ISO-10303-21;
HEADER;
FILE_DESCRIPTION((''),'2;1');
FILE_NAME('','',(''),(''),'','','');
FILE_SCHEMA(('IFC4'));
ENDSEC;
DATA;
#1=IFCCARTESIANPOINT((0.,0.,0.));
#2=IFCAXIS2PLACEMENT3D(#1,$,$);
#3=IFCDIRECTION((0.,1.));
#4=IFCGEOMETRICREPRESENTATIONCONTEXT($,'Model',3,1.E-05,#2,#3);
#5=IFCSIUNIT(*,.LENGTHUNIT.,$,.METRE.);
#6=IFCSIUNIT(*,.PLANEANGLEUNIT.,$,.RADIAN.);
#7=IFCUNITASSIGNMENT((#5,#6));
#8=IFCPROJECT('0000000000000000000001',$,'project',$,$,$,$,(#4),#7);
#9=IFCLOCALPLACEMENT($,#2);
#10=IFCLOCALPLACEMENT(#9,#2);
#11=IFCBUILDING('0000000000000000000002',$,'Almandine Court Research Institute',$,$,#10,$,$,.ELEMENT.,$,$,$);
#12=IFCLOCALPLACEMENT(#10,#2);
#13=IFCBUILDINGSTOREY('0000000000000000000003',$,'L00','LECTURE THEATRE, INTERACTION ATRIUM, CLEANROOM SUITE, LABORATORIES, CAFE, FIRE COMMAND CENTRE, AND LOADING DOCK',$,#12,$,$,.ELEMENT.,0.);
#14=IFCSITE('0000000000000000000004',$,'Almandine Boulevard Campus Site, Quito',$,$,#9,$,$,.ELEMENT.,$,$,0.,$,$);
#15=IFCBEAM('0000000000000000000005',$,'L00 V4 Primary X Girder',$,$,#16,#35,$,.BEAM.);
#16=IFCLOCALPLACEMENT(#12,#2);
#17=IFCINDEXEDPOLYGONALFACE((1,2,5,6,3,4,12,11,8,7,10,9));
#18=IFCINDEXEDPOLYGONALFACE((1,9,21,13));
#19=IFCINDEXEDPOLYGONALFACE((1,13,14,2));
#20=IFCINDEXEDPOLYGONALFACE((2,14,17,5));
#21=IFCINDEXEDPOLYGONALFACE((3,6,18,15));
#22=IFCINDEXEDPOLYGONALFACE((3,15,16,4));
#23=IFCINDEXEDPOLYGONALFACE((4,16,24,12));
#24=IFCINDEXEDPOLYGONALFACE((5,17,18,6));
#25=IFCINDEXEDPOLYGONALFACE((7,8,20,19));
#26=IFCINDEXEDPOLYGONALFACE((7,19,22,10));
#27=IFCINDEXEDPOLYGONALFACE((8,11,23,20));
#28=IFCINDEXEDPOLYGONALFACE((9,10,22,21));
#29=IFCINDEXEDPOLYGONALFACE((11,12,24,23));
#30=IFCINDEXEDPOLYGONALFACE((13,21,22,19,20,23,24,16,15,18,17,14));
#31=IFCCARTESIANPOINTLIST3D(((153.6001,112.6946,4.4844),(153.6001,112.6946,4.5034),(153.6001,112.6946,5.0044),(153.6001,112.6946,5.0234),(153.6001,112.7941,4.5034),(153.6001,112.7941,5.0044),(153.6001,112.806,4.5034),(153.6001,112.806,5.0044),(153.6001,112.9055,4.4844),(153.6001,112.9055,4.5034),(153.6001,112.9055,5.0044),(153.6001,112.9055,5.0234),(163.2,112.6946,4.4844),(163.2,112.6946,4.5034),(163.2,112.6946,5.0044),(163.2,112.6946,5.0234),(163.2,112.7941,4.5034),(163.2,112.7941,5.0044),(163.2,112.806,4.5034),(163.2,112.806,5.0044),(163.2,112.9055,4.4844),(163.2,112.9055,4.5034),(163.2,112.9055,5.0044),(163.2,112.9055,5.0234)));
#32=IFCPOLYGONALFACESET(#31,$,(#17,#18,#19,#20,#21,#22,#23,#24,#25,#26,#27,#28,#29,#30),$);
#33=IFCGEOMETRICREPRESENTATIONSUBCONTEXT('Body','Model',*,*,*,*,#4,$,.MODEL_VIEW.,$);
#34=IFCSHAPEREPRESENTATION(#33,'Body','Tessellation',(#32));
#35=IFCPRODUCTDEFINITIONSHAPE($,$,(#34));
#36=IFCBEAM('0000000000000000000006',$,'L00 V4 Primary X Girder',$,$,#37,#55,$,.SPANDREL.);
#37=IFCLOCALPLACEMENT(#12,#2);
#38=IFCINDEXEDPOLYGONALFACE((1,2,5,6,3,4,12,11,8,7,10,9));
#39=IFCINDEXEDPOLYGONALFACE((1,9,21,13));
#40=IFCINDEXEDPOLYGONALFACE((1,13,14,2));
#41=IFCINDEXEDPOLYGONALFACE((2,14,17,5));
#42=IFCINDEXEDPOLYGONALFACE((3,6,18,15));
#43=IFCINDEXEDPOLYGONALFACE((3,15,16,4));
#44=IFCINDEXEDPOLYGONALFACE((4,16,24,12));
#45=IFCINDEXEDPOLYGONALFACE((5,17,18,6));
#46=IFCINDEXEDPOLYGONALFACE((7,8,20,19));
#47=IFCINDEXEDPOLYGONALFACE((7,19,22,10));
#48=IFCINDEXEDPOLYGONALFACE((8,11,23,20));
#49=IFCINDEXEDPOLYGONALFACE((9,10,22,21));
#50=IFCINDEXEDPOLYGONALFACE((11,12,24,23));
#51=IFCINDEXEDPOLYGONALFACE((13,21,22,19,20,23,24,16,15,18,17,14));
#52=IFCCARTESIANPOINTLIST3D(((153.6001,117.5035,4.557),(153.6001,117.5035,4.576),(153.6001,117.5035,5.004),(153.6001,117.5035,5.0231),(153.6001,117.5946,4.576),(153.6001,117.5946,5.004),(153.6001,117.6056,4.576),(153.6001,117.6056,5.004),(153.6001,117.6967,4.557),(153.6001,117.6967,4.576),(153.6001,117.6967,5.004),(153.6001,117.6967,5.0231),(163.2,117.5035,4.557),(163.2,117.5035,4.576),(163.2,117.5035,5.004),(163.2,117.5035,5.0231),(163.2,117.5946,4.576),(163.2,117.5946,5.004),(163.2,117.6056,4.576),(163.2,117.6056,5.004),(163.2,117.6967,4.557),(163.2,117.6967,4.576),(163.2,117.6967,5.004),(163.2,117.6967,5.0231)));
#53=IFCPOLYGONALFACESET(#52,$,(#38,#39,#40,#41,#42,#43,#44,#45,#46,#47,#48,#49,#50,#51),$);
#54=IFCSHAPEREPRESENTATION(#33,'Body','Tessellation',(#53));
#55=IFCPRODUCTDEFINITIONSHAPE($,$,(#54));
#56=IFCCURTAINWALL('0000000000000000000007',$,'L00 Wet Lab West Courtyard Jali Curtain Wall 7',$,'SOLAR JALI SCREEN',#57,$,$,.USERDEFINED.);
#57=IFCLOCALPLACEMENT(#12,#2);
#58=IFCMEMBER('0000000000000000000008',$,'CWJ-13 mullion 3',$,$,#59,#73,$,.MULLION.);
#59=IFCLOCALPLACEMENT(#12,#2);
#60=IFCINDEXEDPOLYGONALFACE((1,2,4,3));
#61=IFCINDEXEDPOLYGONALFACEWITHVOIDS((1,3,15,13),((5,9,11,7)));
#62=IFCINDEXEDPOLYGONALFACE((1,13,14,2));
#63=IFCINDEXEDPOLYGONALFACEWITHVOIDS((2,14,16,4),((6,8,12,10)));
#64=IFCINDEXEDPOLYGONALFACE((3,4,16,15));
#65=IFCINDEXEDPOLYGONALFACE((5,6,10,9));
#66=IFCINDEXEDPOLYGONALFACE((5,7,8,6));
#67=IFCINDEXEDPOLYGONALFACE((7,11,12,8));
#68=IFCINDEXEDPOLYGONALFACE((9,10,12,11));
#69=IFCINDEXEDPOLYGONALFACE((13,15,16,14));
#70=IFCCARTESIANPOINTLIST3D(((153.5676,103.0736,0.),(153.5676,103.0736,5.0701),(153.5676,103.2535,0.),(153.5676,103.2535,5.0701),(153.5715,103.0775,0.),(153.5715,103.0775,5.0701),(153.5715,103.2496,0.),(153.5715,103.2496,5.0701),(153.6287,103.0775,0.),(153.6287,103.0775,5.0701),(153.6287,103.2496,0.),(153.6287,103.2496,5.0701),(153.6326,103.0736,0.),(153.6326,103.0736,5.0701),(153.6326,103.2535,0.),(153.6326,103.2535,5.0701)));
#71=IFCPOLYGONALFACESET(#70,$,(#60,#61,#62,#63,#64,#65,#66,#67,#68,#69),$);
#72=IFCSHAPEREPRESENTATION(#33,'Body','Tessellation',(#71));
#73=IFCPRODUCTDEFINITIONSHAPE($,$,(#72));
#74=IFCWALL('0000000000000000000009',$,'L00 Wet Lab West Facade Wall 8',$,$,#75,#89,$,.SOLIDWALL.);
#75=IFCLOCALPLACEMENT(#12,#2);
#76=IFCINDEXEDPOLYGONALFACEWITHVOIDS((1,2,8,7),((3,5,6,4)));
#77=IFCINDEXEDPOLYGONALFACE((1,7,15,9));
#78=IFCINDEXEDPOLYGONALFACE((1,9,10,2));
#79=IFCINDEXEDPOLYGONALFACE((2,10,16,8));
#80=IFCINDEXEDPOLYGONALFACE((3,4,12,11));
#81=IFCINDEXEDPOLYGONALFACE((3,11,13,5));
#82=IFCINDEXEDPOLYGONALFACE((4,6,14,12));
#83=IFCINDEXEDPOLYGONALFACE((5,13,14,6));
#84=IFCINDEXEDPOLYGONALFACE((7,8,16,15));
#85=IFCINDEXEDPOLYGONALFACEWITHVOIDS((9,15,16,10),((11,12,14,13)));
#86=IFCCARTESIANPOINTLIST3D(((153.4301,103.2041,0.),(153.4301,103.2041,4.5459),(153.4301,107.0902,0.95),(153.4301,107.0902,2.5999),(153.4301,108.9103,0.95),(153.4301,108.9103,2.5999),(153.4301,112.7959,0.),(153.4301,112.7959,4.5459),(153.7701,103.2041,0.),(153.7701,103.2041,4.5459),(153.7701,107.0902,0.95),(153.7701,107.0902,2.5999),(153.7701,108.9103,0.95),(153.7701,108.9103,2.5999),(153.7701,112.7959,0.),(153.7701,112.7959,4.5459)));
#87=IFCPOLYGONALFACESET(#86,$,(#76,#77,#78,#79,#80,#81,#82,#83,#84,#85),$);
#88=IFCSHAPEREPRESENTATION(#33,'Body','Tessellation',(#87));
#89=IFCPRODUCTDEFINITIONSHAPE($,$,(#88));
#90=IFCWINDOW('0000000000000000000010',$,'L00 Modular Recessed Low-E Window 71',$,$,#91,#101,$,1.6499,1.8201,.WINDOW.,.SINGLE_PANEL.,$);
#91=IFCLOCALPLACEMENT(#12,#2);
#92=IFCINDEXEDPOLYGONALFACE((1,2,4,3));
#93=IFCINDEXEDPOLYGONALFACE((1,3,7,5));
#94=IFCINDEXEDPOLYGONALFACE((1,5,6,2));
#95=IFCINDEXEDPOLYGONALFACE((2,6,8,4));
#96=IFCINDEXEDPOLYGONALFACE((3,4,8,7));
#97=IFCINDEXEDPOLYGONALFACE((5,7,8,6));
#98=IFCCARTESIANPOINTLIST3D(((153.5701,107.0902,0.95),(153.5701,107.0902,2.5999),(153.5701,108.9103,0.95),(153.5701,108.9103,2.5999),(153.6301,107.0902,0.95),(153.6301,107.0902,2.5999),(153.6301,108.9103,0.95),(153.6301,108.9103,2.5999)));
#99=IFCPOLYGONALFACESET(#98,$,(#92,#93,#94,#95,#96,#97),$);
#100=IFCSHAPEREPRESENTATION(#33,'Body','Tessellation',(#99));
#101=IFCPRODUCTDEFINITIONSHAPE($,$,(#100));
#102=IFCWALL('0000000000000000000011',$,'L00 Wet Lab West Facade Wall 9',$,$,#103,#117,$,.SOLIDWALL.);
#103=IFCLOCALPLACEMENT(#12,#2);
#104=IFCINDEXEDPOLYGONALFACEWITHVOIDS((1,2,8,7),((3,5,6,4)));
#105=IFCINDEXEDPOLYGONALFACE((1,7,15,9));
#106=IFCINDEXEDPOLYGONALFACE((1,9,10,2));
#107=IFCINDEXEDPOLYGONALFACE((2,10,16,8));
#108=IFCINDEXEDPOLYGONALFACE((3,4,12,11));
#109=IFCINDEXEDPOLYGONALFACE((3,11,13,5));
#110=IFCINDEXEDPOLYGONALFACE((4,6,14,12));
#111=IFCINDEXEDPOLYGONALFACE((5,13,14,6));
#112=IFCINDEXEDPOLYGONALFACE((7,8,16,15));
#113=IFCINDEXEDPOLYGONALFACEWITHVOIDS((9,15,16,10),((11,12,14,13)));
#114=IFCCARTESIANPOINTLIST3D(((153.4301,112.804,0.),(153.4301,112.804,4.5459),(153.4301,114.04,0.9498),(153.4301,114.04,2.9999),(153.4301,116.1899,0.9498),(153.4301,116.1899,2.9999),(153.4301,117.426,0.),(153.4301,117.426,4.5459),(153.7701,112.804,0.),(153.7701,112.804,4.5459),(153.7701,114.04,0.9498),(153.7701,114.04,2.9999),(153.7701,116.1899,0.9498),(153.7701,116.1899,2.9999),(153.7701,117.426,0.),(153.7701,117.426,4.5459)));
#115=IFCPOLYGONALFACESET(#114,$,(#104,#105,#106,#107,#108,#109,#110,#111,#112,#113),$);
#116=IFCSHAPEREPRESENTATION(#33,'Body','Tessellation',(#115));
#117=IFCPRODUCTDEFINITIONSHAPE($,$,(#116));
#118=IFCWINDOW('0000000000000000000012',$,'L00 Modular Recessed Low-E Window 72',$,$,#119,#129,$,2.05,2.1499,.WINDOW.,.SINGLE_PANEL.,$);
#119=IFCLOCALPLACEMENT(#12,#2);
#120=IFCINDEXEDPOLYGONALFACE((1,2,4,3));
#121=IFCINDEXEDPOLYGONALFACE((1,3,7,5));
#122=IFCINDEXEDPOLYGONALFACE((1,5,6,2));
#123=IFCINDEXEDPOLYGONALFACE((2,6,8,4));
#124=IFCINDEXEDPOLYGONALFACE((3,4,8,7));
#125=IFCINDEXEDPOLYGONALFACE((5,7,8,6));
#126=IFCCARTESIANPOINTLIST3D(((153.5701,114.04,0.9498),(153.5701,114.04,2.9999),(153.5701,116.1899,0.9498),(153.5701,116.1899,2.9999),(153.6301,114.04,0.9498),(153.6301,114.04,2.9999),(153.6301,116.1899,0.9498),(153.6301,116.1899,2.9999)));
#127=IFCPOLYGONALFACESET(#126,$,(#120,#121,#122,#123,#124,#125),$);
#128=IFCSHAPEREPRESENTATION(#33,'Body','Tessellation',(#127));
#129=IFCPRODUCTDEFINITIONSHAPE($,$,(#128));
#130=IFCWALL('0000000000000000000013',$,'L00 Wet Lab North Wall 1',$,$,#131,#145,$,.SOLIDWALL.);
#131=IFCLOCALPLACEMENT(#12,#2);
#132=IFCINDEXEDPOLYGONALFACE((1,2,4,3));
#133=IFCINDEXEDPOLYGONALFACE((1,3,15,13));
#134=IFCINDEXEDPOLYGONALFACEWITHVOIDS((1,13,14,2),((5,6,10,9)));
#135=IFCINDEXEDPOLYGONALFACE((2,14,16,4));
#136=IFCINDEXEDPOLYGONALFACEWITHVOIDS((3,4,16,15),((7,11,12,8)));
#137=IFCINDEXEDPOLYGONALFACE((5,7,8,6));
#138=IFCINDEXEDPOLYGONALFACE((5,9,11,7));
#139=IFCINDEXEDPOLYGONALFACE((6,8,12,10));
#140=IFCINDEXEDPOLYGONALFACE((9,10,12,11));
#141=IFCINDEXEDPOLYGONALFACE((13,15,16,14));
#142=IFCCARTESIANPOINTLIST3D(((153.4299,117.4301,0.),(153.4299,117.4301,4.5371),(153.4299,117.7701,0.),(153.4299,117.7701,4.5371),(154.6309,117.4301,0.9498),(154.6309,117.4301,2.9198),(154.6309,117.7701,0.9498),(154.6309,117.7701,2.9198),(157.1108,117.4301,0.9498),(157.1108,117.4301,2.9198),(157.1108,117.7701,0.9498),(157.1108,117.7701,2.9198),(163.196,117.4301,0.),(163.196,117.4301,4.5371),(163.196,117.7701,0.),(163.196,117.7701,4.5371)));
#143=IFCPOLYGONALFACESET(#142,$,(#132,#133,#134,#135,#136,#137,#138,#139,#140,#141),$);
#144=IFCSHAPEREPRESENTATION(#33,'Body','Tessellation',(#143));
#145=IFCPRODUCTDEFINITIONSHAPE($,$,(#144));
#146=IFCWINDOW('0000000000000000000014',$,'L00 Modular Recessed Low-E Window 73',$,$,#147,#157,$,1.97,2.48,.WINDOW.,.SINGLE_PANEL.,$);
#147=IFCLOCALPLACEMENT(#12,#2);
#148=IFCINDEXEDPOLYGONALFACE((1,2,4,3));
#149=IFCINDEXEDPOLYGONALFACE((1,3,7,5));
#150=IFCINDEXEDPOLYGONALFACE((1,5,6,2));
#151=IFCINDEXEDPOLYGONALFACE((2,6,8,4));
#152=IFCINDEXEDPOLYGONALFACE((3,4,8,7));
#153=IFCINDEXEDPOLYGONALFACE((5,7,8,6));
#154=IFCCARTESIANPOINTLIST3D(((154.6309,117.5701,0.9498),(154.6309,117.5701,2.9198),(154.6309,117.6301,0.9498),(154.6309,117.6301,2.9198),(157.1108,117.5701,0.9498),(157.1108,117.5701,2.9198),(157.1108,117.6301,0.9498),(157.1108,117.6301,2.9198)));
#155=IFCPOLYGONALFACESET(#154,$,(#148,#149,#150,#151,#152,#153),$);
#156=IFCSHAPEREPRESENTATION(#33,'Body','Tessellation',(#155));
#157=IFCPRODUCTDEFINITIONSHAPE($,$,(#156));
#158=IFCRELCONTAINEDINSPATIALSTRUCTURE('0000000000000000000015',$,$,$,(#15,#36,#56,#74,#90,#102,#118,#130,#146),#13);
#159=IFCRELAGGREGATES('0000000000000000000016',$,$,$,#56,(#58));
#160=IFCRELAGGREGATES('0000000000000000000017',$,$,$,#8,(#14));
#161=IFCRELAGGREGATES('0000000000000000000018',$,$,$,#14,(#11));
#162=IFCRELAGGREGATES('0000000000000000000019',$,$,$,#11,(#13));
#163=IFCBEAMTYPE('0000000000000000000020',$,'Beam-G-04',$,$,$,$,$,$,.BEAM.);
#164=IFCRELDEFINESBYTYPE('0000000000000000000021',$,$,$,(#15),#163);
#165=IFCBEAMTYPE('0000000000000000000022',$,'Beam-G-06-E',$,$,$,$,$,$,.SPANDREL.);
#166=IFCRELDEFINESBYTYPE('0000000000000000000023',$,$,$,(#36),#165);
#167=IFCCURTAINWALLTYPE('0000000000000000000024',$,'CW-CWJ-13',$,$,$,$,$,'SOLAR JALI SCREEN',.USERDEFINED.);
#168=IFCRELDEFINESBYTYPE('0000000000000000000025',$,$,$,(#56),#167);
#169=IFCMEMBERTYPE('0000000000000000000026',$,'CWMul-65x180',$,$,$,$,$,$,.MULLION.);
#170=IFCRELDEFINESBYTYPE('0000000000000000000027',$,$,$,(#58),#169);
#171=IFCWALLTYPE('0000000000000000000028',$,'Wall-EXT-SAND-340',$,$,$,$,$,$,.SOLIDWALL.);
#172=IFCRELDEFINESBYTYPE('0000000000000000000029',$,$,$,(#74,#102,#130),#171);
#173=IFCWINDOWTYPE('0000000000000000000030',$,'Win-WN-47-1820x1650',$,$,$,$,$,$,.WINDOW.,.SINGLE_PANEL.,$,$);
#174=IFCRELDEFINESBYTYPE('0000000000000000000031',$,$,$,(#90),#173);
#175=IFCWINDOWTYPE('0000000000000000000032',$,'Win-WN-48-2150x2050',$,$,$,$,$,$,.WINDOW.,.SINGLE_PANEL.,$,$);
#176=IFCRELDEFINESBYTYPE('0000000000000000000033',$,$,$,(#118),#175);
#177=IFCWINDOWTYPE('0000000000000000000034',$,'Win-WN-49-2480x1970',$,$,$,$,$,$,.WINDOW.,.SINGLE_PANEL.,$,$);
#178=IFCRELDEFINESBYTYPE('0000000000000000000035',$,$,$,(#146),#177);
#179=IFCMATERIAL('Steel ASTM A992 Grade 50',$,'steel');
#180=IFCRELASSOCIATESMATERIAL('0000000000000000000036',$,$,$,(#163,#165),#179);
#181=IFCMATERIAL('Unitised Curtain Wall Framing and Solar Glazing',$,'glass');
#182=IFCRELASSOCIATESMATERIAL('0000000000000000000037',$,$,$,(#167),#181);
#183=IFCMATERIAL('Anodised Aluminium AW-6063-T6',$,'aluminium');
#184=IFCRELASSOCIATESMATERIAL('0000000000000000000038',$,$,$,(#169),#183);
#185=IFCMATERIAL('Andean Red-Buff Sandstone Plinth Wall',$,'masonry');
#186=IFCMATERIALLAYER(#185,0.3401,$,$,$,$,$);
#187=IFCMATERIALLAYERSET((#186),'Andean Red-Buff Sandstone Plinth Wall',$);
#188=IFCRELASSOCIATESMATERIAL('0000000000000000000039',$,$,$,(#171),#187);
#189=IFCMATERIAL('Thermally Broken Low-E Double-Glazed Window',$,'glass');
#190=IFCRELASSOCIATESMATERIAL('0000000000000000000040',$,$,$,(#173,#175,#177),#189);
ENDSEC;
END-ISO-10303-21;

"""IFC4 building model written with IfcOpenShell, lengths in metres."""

from ifc_helpers import new_model, si_unit, direction, frame, frame_2d, origin, origin_2d, place, context, subcontext, project, spatial, rectangle, hollow_rectangle, i_section, extrude, material, layer, layer_set, material_profile, profile_set, type_object, element, fill, aggregate, save


model = new_model("IFC4")

# Units and contexts
model_context = context("Model", 3, precision=1e-05, world=origin(), true_north=direction((0.0, 1.0)))
body_context = subcontext(model_context, "Body", "Model", "MODEL_VIEW")
ifc_project = project(units=[si_unit("LENGTHUNIT", "METRE"), si_unit("PLANEANGLEUNIT", "RADIAN")], contexts=[model_context])

# Site, building, storey
site_placement = place(None, origin())
site = spatial("IfcSite", under=ifc_project, at=site_placement, Name="Almandine Boulevard Campus Site, Quito", CompositionType="ELEMENT", RefElevation=0.0)
building_placement = place(site_placement, origin())
building = spatial("IfcBuilding", under=site, at=building_placement, Name="Almandine Court Research Institute", CompositionType="ELEMENT")
storey_placement = place(building_placement, origin())
storey = spatial("IfcBuildingStorey", under=building, at=storey_placement, Name="L00", Description="LECTURE THEATRE, INTERACTION ATRIUM, CLEANROOM SUITE, LABORATORIES, CAFE, FIRE COMMAND CENTRE, AND LOADING DOCK", CompositionType="ELEMENT", Elevation=0.0)

# Shared definitions
ifc_material_1 = material(Name="Steel ASTM A992 Grade 50", Category="steel")

# Beams
ifc_material_profile_1 = material_profile(ifc_material_1, i_section(OverallWidth=0.2109, OverallDepth=0.5391, WebThickness=0.012, FlangeThickness=0.019, at=origin_2d()), Name="W530x109")
ifc_profile_set_1 = profile_set([ifc_material_profile_1], Name="Steel ASTM A992 Grade 50")
beam_type_1 = type_object("IfcBeamType", Name="Beam-G-04", PredefinedType="BEAM", material=ifc_profile_set_1)
for number, where, z_axis, x_axis, name in (
    (1, (153.6001, 112.8, 4.7539), (1.0, 0.0, 0.0), (0.0, 1.0, 0.0), "L00 V4 Primary X Girder"),
):
    element("IfcBeam", number, at=place(storey_placement, frame(where, z_axis=z_axis, x_axis=x_axis)), inside=storey, type_object=beam_type_1, Name=name, PredefinedType="BEAM", context=body_context, shape_type="SweptSolid", body=[
        extrude(i_section(OverallWidth=0.2109, OverallDepth=0.5391, WebThickness=0.012, FlangeThickness=0.019, at=origin_2d()), origin(), (0.0, 0.0, 1.0), 9.5999),
    ])
ifc_material_profile_2 = material_profile(ifc_material_1, i_section(OverallWidth=0.1931, OverallDepth=0.4661, WebThickness=0.011, FlangeThickness=0.019, at=origin_2d()), Name="W460x97")
ifc_profile_set_2 = profile_set([ifc_material_profile_2], Name="Steel ASTM A992 Grade 50")
beam_type_2 = type_object("IfcBeamType", Name="Beam-G-06-E", PredefinedType="SPANDREL", material=ifc_profile_set_2)
beam_1_placement = place(storey_placement, frame((153.6001, 117.6001, 4.79), z_axis=(1.0, 0.0, 0.0), x_axis=(0.0, 1.0, 0.0)))
element("IfcBeam", 2, at=beam_1_placement, inside=storey, type_object=beam_type_2, Name="L00 V4 Primary X Girder", PredefinedType="SPANDREL", context=body_context, shape_type="SweptSolid", body=[
    extrude(i_section(OverallWidth=0.1931, OverallDepth=0.4661, WebThickness=0.011, FlangeThickness=0.019, at=origin_2d()), origin(), (0.0, 0.0, 1.0), 9.5999),
])

# Curtain wall, member
ifc_material_2 = material(Name="Unitised Curtain Wall Framing and Solar Glazing", Category="glass")
curtain_wall_type = type_object("IfcCurtainWallType", Name="CW-CWJ-13", ElementType="SOLAR JALI SCREEN", PredefinedType="USERDEFINED", material=ifc_material_2)
curtain_wall_placement = place(storey_placement, origin())
curtain_wall = element("IfcCurtainWall", 3, at=curtain_wall_placement, inside=storey, type_object=curtain_wall_type, Name="L00 Wet Lab West Courtyard Jali Curtain Wall 7", ObjectType="SOLAR JALI SCREEN", PredefinedType="USERDEFINED")
ifc_material_3 = material(Name="Anodised Aluminium AW-6063-T6", Category="aluminium")
ifc_material_profile_3 = material_profile(ifc_material_3, hollow_rectangle(XDim=0.0649, YDim=0.1799, WallThickness=0.0039, at=origin_2d()), Name="ALU RHS 65x180x4")
ifc_profile_set_3 = profile_set([ifc_material_profile_3], Name="Anodised Aluminium AW-6063-T6")
member_type = type_object("IfcMemberType", Name="CWMul-65x180", PredefinedType="MULLION", material=ifc_profile_set_3)
member_placement = place(storey_placement, frame((153.6001, 103.1636, 0.0), z_axis=(0.0, 0.0, 1.0), x_axis=(-1.0, 0.0, 0.0)))
member = element("IfcMember", 4, at=member_placement, type_object=member_type, Name="CWJ-13 mullion 3", PredefinedType="MULLION", context=body_context, shape_type="SweptSolid", body=[
    extrude(hollow_rectangle(XDim=0.0649, YDim=0.1799, WallThickness=0.0039, at=origin_2d()), origin(), (0.0, 0.0, 1.0), 5.0701),
])
aggregate(curtain_wall, [member])

# Walls, openings, windows
ifc_material_4 = material(Name="Andean Red-Buff Sandstone Plinth Wall", Category="masonry")
ifc_layer_1 = layer(ifc_material_4, 0.3401)
ifc_layer_set_1 = layer_set([ifc_layer_1], Name="Andean Red-Buff Sandstone Plinth Wall")
wall_type_1 = type_object("IfcWallType", Name="Wall-EXT-SAND-340", PredefinedType="SOLIDWALL", material=ifc_layer_set_1)
wall_1_placement = place(storey_placement, frame((153.6001, 103.2041, 0.0), z_axis=(0.0, 0.0, 1.0), x_axis=(0.0, 1.0, 0.0)))
wall_1 = element("IfcWall", 5, at=wall_1_placement, inside=storey, type_object=wall_type_1, Name="L00 Wet Lab West Facade Wall 8", PredefinedType="SOLIDWALL", context=body_context, shape_type="SweptSolid", body=[
    extrude(rectangle(XDim=9.5918, YDim=0.3401, at=frame_2d((4.7959, 0.0))), origin(), (0.0, 0.0, 1.0), 4.5459),
])
opening_1_placement = place(wall_1_placement, frame((3.886, 0.0, 0.95)))
opening_1 = element("IfcOpeningElement", 6, at=opening_1_placement, cuts=wall_1, PredefinedType="OPENING", context=body_context, shape_type="SweptSolid", body=[
    extrude(rectangle(XDim=1.8201, YDim=1.6499, at=frame_2d((0.9102, 0.825))), frame((0.0, 0.1799, 0.0), z_axis=(0.0, -1.0, 0.0), x_axis=(1.0, 0.0, 0.0)), (0.0, 0.0, 1.0), 0.3601),
])
ifc_material_5 = material(Name="Thermally Broken Low-E Double-Glazed Window", Category="glass")
window_type_1 = type_object("IfcWindowType", Name="Win-WN-47-1820x1650", PartitioningType="SINGLE_PANEL", PredefinedType="WINDOW", material=ifc_material_5)
window_1_placement = place(opening_1_placement, origin())
window_1 = element("IfcWindow", 7, at=window_1_placement, inside=storey, type_object=window_type_1, Name="L00 Modular Recessed Low-E Window 71", OverallHeight=1.6499, OverallWidth=1.8201, PartitioningType="SINGLE_PANEL", PredefinedType="WINDOW", context=body_context, shape_type="SweptSolid", body=[
    extrude(rectangle(XDim=1.8201, YDim=1.6499, at=frame_2d((0.9102, 0.825))), frame((0.0, 0.03, 0.0), z_axis=(0.0, -1.0, 0.0), x_axis=(1.0, 0.0, 0.0)), (0.0, 0.0, 1.0), 0.0601),
])
fill(opening_1, window_1)
wall_2_placement = place(storey_placement, frame((153.6001, 112.804, 0.0), z_axis=(0.0, 0.0, 1.0), x_axis=(0.0, 1.0, 0.0)))
wall_2 = element("IfcWall", 8, at=wall_2_placement, inside=storey, type_object=wall_type_1, Name="L00 Wet Lab West Facade Wall 9", PredefinedType="SOLIDWALL", context=body_context, shape_type="SweptSolid", body=[
    extrude(rectangle(XDim=4.6221, YDim=0.3401, at=frame_2d((2.311, 0.0))), origin(), (0.0, 0.0, 1.0), 4.5459),
])
opening_2_placement = place(wall_2_placement, frame((1.2361, 0.0, 0.95)))
opening_2 = element("IfcOpeningElement", 9, at=opening_2_placement, cuts=wall_2, PredefinedType="OPENING", context=body_context, shape_type="SweptSolid", body=[
    extrude(rectangle(XDim=2.1499, YDim=2.05, at=frame_2d((1.075, 1.0249))), frame((0.0, 0.1799, 0.0), z_axis=(0.0, -1.0, 0.0), x_axis=(1.0, 0.0, 0.0)), (0.0, 0.0, 1.0), 0.3601),
])
window_type_2 = type_object("IfcWindowType", Name="Win-WN-48-2150x2050", PartitioningType="SINGLE_PANEL", PredefinedType="WINDOW", material=ifc_material_5)
window_2_placement = place(opening_2_placement, origin())
window_2 = element("IfcWindow", 10, at=window_2_placement, inside=storey, type_object=window_type_2, Name="L00 Modular Recessed Low-E Window 72", OverallHeight=2.05, OverallWidth=2.1499, PartitioningType="SINGLE_PANEL", PredefinedType="WINDOW", context=body_context, shape_type="SweptSolid", body=[
    extrude(rectangle(XDim=2.1499, YDim=2.05, at=frame_2d((1.075, 1.0249))), frame((0.0, 0.03, 0.0), z_axis=(0.0, -1.0, 0.0), x_axis=(1.0, 0.0, 0.0)), (0.0, 0.0, 1.0), 0.0601),
])
fill(opening_2, window_2)
wall_3_placement = place(storey_placement, frame((153.4299, 117.6001, 0.0), z_axis=(0.0, 0.0, 1.0), x_axis=(1.0, 0.0, 0.0)))
wall_3 = element("IfcWall", 11, at=wall_3_placement, inside=storey, type_object=wall_type_1, Name="L00 Wet Lab North Wall 1", PredefinedType="SOLIDWALL", context=body_context, shape_type="SweptSolid", body=[
    extrude(rectangle(XDim=9.7661, YDim=0.3401, at=frame_2d((4.8831, 0.0))), origin(), (0.0, 0.0, 1.0), 4.5371),
])
opening_3_placement = place(wall_3_placement, frame((1.2009, 0.0, 0.95)))
opening_3 = element("IfcOpeningElement", 12, at=opening_3_placement, cuts=wall_3, PredefinedType="OPENING", context=body_context, shape_type="SweptSolid", body=[
    extrude(rectangle(XDim=2.48, YDim=1.97, at=frame_2d((1.24, 0.9849))), frame((0.0, 0.1799, 0.0), z_axis=(0.0, -1.0, 0.0), x_axis=(1.0, 0.0, 0.0)), (0.0, 0.0, 1.0), 0.3601),
])
window_type_3 = type_object("IfcWindowType", Name="Win-WN-49-2480x1970", PartitioningType="SINGLE_PANEL", PredefinedType="WINDOW", material=ifc_material_5)
window_3_placement = place(opening_3_placement, origin())
window_3 = element("IfcWindow", 13, at=window_3_placement, inside=storey, type_object=window_type_3, Name="L00 Modular Recessed Low-E Window 73", OverallHeight=1.97, OverallWidth=2.48, PartitioningType="SINGLE_PANEL", PredefinedType="WINDOW", context=body_context, shape_type="SweptSolid", body=[
    extrude(rectangle(XDim=2.48, YDim=1.97, at=frame_2d((1.24, 0.9849))), frame((0.0, 0.03, 0.0), z_axis=(0.0, -1.0, 0.0), x_axis=(1.0, 0.0, 0.0)), (0.0, 0.0, 1.0), 0.0601),
])
fill(opening_3, window_3)

save(model, "model.ifc")
